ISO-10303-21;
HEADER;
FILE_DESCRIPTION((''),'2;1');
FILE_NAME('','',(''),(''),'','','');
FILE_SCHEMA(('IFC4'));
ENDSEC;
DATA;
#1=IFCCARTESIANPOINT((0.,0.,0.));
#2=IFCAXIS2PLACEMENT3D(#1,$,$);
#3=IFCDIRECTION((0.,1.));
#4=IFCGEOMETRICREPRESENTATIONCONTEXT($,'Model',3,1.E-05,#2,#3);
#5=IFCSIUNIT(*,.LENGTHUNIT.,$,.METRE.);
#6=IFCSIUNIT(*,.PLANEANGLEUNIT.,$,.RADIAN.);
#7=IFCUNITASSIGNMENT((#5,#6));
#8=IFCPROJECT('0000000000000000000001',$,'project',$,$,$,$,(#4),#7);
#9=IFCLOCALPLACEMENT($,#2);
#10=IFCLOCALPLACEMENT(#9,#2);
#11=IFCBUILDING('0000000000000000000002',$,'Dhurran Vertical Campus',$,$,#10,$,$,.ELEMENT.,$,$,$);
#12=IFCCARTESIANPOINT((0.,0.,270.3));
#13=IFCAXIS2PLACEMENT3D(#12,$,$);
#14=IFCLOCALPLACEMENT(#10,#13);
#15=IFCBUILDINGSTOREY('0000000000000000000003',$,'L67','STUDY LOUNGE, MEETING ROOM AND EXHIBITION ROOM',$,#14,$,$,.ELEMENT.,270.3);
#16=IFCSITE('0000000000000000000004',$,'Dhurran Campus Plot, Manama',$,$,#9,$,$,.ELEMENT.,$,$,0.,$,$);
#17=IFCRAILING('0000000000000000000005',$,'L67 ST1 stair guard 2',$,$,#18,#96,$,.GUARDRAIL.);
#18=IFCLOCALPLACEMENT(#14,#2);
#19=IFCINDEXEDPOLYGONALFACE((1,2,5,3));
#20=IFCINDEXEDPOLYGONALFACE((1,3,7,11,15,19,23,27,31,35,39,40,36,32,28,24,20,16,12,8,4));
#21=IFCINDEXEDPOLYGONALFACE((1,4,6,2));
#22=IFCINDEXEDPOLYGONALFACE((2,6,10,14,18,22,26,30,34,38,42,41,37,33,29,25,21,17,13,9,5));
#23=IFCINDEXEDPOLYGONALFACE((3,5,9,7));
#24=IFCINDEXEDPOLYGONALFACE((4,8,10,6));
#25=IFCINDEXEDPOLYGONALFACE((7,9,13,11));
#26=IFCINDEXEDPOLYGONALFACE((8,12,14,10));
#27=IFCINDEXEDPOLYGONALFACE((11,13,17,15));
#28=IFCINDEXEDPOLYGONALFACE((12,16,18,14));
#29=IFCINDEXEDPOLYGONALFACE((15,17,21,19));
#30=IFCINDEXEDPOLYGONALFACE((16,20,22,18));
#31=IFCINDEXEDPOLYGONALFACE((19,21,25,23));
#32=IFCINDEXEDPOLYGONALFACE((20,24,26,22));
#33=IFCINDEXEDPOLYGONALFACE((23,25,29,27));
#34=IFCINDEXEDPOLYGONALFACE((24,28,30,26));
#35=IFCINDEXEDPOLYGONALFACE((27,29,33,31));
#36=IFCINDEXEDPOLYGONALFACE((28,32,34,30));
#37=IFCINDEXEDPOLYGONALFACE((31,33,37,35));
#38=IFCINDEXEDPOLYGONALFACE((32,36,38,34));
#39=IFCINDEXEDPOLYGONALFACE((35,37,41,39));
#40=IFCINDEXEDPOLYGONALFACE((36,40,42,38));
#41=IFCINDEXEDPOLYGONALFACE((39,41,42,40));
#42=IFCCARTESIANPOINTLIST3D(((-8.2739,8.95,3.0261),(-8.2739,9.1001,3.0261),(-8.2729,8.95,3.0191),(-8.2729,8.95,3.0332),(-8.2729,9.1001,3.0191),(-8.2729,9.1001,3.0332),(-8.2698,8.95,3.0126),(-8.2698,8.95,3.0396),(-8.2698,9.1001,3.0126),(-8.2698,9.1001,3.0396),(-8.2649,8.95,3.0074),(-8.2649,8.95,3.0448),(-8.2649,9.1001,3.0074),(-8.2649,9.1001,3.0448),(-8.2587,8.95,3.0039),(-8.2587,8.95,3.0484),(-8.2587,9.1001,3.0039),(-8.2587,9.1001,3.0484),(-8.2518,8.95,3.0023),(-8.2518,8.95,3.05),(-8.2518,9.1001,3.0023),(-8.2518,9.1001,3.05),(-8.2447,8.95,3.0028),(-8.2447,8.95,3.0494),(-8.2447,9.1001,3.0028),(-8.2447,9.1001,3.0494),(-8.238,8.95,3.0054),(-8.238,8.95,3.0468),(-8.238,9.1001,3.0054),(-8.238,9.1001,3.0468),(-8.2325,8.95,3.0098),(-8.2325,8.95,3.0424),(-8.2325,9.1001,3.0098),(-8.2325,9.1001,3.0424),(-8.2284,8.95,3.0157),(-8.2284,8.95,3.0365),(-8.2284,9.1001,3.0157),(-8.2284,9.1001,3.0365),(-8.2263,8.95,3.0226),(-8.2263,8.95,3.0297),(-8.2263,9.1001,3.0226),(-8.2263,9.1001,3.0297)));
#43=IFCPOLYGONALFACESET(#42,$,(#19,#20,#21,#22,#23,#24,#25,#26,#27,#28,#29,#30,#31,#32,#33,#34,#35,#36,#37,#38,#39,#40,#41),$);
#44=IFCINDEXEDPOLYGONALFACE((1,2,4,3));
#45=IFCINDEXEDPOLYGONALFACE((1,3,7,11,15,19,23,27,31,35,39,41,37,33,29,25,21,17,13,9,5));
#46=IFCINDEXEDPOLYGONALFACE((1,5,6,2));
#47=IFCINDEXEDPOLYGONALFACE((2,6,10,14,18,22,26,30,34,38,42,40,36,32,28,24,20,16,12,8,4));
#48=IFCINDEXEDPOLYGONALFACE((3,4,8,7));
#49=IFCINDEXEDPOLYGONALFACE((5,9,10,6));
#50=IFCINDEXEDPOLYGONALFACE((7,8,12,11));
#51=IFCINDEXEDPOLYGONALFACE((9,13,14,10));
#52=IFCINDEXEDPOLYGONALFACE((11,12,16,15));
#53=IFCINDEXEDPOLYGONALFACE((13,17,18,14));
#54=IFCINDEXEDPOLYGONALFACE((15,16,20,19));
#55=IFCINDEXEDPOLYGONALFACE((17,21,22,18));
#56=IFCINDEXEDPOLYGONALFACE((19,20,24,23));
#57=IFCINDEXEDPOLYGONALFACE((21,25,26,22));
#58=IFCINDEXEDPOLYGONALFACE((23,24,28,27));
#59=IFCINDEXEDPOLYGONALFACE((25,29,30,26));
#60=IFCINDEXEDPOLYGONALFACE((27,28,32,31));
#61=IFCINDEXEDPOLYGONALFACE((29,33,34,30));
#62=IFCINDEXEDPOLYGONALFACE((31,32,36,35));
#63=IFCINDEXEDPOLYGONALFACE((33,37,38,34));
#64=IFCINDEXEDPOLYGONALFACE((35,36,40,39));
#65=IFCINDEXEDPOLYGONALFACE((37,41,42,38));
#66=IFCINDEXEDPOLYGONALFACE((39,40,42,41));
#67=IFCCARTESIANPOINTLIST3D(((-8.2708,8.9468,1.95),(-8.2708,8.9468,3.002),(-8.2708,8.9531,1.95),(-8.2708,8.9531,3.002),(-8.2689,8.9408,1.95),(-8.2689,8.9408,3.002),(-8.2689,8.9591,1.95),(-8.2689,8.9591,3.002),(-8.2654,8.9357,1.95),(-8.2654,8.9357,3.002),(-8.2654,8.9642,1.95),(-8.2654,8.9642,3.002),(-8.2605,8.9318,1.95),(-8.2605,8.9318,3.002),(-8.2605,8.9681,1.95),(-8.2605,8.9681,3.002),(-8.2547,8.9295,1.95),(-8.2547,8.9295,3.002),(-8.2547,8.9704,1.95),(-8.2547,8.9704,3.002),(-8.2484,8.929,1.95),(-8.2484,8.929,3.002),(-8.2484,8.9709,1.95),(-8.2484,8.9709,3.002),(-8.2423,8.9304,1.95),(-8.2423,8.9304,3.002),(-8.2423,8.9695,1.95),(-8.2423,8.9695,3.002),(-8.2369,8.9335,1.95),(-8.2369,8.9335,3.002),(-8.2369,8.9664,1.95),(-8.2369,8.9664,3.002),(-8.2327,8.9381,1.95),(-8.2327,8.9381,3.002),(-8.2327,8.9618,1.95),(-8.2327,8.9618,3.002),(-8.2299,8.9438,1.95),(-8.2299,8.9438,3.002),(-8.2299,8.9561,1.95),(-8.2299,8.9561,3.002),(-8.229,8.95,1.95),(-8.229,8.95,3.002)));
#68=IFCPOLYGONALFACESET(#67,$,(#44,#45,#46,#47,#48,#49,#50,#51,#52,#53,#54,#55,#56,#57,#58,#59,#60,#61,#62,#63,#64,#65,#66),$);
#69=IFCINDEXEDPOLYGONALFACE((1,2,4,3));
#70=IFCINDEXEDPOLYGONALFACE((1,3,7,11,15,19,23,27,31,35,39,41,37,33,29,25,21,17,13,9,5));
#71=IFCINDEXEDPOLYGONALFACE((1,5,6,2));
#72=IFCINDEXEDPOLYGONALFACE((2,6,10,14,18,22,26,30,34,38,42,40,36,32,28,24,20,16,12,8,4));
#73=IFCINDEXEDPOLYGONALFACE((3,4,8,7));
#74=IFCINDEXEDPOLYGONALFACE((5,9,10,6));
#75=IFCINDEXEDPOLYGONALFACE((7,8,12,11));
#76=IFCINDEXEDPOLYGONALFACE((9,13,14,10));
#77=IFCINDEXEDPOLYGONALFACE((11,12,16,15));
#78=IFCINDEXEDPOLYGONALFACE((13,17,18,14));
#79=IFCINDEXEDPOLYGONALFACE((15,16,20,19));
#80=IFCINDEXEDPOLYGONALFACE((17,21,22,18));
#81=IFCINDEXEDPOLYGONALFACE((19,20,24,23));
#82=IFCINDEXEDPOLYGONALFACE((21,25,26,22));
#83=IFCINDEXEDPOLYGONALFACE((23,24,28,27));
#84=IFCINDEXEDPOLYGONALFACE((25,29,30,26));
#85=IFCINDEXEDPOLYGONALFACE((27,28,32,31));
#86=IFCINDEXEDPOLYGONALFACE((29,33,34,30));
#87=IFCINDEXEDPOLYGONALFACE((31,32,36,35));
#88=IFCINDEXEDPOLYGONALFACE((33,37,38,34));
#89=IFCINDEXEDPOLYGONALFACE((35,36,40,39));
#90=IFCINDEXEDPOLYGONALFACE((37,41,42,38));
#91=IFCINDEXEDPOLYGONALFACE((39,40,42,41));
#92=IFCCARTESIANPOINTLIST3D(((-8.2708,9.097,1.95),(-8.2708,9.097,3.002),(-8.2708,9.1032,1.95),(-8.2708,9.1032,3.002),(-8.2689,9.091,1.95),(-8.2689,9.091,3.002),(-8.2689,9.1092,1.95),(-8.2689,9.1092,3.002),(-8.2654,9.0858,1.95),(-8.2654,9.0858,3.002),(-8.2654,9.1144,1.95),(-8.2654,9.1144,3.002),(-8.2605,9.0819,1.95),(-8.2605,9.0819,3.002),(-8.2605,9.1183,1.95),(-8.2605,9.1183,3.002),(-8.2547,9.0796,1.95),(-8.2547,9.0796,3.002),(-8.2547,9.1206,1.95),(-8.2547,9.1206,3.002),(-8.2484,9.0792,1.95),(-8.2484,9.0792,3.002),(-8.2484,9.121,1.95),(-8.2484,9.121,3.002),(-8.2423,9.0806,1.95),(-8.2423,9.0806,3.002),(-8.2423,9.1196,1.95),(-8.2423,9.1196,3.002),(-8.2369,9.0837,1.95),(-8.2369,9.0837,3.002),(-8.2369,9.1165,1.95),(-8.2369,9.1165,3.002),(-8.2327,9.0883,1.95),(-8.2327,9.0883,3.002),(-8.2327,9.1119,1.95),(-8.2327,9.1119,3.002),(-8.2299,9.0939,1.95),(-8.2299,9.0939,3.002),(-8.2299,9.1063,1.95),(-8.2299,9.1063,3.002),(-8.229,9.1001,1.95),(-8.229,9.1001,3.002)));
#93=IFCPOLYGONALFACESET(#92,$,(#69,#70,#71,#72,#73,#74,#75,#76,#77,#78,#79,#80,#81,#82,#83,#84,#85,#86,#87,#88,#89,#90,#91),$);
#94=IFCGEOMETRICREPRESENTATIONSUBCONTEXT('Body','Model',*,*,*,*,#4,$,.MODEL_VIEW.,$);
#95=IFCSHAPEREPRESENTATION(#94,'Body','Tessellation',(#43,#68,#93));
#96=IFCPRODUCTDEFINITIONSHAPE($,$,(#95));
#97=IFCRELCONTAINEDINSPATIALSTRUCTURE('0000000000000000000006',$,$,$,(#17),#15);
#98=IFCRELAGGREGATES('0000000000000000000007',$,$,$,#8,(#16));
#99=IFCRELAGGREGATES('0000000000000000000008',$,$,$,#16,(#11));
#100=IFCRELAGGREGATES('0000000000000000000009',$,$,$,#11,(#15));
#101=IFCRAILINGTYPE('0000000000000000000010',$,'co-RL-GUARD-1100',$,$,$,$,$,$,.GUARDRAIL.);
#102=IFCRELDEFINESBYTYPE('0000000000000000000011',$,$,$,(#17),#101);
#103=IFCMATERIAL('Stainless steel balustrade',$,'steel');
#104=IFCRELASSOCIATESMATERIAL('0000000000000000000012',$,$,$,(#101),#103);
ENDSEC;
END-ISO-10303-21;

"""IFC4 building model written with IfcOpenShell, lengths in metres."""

from ifc_helpers import new_model, si_unit, direction, frame, origin, origin_2d, place, context, subcontext, project, spatial, circle, extrude, material, type_object, element, save


model = new_model("IFC4")

# Units and contexts
model_context = context("Model", 3, precision=1e-05, world=origin(), true_north=direction((0.0, 1.0)))
body_context = subcontext(model_context, "Body", "Model", "MODEL_VIEW")
ifc_project = project(units=[si_unit("LENGTHUNIT", "METRE"), si_unit("PLANEANGLEUNIT", "RADIAN")], contexts=[model_context])

# Site, building, storey
site_placement = place(None, origin())
site = spatial("IfcSite", under=ifc_project, at=site_placement, Name="Dhurran Campus Plot, Manama", CompositionType="ELEMENT", RefElevation=0.0)
building_placement = place(site_placement, origin())
building = spatial("IfcBuilding", under=site, at=building_placement, Name="Dhurran Vertical Campus", CompositionType="ELEMENT")
storey_placement = place(building_placement, frame((0.0, 0.0, 270.3)))
storey = spatial("IfcBuildingStorey", under=building, at=storey_placement, Name="L67", Description="STUDY LOUNGE, MEETING ROOM AND EXHIBITION ROOM", CompositionType="ELEMENT", Elevation=270.3)

# Railing
ifc_material_1 = material(Name="Stainless steel balustrade", Category="steel")
railing_type_1 = type_object("IfcRailingType", Name="co-RL-GUARD-1100", PredefinedType="GUARDRAIL", material=ifc_material_1)
railing_1_placement = place(storey_placement, frame((-8.25, 8.95, 1.95)))
element("IfcRailing", 1, at=railing_1_placement, inside=storey, type_object=railing_type_1, Name="L67 ST1 stair guard 2", PredefinedType="GUARDRAIL", context=body_context, shape_type="SweptSolid", body=[
    extrude(circle(Radius=0.0239, at=origin_2d()), frame((0.0, 0.0, 1.0762), z_axis=(0.0, 1.0, 0.0), x_axis=(-1.0, 0.0, 0.0)), (0.0, 0.0, 1.0), 0.1501),
    extrude(circle(Radius=0.021, at=origin_2d()), origin(), (0.0, 0.0, 1.0), 1.052),
    extrude(circle(Radius=0.021, at=origin_2d()), frame((0.0, 0.1501, 0.0)), (0.0, 0.0, 1.0), 1.052),
])

save(model, "model.ifc")
